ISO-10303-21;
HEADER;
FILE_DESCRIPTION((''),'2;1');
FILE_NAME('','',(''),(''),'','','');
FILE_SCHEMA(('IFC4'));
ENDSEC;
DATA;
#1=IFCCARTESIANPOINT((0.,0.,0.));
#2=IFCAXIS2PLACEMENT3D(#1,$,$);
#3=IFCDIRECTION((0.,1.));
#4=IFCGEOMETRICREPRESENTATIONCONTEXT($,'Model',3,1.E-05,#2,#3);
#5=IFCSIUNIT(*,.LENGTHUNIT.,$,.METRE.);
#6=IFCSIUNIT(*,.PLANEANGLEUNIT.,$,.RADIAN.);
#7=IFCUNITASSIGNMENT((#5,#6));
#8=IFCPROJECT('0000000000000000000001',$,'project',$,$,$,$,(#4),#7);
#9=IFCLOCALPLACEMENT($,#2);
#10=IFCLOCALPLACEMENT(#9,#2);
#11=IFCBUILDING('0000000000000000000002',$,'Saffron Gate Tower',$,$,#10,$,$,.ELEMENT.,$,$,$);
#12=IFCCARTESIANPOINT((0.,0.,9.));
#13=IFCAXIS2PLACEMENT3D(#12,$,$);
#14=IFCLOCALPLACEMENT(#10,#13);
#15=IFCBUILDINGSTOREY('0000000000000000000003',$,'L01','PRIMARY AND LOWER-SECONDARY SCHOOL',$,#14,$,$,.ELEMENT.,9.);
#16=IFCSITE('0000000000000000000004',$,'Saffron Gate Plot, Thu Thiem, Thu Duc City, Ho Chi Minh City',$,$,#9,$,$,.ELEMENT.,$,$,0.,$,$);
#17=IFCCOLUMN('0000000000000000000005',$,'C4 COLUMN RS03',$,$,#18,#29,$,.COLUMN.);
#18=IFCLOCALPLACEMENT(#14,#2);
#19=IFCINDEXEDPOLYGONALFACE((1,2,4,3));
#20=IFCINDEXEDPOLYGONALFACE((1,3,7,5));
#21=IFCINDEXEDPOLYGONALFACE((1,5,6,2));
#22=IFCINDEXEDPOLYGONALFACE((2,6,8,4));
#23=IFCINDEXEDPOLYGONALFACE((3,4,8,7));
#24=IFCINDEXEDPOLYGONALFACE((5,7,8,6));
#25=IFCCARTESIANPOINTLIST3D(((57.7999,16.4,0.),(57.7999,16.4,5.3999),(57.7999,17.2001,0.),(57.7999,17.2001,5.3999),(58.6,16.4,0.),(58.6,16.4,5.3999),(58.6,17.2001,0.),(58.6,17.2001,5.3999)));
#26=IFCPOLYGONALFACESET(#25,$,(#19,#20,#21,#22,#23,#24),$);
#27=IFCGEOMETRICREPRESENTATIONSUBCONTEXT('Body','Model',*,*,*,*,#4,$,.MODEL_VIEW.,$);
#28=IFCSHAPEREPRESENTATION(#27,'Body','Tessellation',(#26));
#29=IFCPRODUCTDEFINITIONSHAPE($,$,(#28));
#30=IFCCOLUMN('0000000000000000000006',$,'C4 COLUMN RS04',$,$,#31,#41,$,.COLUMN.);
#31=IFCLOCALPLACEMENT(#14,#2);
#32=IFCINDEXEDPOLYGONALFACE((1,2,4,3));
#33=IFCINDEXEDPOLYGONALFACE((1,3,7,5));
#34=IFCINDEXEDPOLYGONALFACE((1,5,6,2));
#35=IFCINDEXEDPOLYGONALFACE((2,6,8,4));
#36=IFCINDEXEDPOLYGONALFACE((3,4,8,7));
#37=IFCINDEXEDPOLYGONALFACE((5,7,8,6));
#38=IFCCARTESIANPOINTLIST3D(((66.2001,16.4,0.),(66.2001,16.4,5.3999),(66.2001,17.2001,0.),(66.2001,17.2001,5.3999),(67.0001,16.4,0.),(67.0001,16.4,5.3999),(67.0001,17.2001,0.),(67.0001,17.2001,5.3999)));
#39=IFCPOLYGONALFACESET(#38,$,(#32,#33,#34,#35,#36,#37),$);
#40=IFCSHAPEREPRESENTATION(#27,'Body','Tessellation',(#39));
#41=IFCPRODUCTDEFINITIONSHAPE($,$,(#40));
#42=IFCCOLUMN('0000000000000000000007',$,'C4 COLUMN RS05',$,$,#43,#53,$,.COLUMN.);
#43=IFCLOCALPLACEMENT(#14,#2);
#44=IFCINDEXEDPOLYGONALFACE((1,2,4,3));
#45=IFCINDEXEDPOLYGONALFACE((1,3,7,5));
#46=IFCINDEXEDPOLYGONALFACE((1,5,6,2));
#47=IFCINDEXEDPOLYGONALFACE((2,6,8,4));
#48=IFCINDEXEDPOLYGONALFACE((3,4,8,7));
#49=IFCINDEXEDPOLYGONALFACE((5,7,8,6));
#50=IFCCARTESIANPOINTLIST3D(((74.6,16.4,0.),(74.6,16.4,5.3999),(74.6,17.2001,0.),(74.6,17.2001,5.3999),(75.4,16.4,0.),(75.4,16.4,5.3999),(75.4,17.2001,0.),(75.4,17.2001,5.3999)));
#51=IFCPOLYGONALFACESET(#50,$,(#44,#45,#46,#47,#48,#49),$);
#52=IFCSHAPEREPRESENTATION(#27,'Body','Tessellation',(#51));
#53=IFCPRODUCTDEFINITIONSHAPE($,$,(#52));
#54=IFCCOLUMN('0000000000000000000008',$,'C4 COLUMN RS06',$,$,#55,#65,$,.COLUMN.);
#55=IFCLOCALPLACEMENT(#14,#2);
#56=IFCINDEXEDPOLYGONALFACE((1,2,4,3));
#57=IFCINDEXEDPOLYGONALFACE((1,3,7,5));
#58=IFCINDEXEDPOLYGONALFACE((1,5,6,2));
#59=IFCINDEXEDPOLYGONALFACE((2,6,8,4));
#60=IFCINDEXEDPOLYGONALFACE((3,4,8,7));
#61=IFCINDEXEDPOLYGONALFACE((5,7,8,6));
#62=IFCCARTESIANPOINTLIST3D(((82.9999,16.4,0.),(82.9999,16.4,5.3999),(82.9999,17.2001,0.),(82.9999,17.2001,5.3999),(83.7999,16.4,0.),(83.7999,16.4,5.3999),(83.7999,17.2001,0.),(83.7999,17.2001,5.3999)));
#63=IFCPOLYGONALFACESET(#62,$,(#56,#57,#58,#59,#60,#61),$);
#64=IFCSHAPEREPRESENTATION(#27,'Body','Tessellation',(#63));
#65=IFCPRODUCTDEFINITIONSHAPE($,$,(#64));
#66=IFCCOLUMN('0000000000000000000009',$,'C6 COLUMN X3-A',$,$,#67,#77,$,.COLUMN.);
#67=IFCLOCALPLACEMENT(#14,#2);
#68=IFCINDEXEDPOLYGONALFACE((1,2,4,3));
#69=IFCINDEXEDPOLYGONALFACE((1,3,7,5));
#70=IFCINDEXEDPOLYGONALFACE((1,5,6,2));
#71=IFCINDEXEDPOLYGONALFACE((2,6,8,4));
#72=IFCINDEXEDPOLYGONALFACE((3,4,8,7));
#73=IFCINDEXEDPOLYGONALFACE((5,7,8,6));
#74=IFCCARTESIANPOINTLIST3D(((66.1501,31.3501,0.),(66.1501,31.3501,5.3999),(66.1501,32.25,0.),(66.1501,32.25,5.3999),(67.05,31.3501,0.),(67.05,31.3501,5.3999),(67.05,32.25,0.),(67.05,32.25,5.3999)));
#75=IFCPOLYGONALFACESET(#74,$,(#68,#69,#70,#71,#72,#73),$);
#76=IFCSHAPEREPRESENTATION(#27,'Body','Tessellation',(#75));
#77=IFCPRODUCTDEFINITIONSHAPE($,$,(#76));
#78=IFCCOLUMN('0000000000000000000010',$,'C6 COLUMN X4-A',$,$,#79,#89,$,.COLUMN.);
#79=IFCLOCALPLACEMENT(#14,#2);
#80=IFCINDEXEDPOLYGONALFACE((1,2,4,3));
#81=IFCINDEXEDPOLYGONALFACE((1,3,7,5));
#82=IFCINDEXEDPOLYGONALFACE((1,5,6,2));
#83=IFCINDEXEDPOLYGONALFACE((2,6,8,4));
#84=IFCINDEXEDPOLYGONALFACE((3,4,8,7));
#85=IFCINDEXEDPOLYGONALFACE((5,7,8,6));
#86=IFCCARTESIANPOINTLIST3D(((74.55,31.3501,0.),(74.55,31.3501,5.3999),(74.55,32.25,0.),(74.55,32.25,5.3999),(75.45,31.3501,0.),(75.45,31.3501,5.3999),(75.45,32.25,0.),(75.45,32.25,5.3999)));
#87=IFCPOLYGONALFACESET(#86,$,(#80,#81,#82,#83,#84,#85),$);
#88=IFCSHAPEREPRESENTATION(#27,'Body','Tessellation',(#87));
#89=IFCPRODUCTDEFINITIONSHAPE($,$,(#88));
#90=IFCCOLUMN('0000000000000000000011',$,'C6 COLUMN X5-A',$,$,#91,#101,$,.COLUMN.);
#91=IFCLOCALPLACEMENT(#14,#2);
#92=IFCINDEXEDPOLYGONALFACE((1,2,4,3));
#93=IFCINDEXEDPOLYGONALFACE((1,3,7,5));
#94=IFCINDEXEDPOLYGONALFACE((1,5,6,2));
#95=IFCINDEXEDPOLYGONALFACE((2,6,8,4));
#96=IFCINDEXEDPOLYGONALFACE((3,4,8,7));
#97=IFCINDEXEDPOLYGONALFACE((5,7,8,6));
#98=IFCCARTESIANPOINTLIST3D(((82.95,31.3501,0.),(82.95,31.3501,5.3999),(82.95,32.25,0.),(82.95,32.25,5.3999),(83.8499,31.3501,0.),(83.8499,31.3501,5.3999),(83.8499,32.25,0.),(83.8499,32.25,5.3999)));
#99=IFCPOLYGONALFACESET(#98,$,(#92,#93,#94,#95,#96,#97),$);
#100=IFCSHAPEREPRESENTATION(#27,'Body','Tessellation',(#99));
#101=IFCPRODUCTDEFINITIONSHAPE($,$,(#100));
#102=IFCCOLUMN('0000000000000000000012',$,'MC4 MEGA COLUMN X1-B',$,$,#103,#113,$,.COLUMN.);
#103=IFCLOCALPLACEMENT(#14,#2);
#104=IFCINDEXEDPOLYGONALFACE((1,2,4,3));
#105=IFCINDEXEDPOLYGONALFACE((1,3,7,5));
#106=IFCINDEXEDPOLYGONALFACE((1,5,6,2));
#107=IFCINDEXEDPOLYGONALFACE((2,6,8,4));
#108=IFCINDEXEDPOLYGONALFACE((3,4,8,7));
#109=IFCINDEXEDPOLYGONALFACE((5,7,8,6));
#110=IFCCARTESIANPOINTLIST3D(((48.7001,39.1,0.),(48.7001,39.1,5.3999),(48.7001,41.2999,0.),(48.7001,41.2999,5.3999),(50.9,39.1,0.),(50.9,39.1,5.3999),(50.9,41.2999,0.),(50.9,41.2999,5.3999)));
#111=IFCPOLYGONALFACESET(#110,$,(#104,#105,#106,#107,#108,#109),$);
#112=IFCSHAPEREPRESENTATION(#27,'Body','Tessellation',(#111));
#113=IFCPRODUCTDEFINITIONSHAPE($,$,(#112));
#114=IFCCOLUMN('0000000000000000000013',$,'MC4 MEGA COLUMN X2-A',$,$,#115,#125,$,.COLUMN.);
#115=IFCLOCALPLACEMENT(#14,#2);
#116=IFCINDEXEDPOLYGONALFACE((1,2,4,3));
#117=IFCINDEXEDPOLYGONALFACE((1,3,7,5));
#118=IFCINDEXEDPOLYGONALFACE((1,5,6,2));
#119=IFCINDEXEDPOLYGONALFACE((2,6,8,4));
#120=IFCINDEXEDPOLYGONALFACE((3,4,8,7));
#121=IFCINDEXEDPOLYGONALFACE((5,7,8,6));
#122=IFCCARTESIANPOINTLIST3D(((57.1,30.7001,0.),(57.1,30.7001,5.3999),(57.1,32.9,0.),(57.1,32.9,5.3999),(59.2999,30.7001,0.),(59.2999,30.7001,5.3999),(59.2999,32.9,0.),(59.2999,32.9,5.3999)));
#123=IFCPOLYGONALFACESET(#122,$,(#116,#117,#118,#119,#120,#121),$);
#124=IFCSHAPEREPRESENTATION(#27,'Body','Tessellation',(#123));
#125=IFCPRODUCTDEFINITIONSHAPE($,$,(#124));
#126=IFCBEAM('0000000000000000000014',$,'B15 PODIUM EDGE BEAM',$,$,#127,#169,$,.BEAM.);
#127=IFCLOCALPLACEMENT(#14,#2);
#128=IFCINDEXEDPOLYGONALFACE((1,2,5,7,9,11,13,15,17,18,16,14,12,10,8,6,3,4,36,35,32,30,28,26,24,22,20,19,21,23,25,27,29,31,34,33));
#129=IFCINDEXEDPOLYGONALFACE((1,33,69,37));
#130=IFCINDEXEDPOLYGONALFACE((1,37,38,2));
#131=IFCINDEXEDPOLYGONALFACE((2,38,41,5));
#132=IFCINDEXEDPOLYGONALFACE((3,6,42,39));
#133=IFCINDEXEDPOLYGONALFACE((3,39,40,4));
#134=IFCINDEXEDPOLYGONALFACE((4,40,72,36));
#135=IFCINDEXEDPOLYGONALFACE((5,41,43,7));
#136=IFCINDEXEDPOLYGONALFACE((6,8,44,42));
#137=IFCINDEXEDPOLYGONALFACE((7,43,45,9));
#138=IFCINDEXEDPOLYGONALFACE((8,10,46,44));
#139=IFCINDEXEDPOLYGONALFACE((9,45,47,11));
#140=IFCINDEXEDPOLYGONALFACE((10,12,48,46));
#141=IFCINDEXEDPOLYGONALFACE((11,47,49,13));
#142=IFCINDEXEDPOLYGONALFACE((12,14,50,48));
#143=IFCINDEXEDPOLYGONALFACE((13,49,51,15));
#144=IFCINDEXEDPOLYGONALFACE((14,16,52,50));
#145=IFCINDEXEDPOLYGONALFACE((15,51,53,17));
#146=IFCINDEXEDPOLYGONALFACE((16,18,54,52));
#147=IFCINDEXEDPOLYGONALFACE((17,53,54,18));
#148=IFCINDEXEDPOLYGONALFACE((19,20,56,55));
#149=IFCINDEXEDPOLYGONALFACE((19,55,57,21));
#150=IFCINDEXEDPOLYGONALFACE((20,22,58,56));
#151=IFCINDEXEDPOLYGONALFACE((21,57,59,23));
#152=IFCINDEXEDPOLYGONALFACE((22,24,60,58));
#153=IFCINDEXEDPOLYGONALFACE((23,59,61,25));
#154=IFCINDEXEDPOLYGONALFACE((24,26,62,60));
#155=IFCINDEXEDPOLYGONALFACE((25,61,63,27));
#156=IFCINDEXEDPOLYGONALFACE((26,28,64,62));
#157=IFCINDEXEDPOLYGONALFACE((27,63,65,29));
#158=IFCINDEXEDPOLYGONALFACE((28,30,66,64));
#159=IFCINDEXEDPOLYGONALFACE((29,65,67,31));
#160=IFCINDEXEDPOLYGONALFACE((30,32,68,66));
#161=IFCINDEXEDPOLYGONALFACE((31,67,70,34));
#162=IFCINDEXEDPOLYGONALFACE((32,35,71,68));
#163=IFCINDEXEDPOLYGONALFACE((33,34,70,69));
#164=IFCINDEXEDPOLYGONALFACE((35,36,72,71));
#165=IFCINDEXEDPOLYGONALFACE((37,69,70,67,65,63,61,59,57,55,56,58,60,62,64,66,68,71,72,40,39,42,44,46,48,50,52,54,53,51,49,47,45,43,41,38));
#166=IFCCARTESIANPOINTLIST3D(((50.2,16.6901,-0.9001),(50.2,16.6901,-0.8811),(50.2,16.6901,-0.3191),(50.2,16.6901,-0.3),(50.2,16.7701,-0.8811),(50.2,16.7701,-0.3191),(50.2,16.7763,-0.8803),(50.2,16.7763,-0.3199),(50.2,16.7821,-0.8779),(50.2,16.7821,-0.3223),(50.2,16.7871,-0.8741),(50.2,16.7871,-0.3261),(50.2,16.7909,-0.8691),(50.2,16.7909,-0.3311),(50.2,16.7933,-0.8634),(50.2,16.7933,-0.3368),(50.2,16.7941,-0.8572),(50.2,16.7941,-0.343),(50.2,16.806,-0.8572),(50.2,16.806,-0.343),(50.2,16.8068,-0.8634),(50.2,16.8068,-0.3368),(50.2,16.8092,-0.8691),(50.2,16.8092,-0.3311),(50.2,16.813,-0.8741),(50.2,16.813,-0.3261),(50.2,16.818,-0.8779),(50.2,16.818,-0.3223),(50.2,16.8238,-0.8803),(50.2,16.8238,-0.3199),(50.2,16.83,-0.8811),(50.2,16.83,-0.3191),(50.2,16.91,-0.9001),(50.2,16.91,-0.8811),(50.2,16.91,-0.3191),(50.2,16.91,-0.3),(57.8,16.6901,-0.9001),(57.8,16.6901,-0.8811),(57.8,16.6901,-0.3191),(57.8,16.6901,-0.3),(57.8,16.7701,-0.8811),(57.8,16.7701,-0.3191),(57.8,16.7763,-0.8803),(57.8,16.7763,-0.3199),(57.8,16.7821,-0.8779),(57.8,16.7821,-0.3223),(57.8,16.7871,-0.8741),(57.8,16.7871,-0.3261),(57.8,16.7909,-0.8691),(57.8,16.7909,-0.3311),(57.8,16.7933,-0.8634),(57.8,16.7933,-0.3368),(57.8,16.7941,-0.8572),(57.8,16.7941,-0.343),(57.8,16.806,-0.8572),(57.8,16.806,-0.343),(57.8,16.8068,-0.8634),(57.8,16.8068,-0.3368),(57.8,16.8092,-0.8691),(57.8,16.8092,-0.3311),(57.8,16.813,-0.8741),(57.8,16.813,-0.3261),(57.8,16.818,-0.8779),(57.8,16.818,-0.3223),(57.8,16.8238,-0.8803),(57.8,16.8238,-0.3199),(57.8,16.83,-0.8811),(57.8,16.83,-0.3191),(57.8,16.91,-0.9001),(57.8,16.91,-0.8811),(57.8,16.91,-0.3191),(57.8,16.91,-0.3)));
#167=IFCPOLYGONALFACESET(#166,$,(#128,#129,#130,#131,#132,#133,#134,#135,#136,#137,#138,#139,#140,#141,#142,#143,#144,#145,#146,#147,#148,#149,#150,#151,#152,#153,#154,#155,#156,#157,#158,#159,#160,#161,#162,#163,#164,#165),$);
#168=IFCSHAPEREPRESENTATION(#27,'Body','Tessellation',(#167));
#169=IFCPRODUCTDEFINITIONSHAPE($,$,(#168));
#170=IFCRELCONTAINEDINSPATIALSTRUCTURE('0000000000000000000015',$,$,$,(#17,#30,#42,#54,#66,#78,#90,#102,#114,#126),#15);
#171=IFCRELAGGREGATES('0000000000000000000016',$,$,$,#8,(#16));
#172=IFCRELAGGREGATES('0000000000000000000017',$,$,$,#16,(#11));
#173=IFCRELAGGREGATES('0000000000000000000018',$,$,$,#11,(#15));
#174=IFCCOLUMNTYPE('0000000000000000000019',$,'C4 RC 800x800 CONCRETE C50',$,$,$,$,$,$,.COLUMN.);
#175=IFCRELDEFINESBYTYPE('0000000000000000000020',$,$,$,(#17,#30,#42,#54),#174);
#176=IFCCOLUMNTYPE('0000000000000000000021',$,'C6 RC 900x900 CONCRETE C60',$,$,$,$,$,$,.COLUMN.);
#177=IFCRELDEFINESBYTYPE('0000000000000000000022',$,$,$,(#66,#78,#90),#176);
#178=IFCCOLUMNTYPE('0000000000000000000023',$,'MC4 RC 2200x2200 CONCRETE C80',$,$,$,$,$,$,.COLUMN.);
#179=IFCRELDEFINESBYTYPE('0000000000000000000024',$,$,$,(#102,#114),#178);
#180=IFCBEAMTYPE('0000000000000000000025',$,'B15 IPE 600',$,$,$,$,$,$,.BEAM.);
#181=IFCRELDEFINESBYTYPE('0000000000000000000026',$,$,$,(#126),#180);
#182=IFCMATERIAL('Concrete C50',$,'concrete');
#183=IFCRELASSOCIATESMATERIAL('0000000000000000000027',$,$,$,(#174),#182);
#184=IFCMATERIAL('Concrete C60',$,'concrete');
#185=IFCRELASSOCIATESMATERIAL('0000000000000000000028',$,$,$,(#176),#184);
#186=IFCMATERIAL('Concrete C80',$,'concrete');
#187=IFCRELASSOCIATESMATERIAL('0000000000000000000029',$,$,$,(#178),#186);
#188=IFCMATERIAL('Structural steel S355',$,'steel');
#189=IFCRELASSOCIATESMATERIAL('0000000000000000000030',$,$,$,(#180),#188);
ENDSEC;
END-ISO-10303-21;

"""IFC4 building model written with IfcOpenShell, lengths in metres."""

from ifc_helpers import new_model, si_unit, direction, frame, origin, origin_2d, place, context, subcontext, project, spatial, rectangle, i_section, extrude, material, material_profile, profile_set, type_object, element, save


model = new_model("IFC4")

# Units and contexts
model_context = context("Model", 3, precision=1e-05, world=origin(), true_north=direction((0.0, 1.0)))
body_context = subcontext(model_context, "Body", "Model", "MODEL_VIEW")
ifc_project = project(units=[si_unit("LENGTHUNIT", "METRE"), si_unit("PLANEANGLEUNIT", "RADIAN")], contexts=[model_context])

# Site, building, storey
site_placement = place(None, origin())
site = spatial("IfcSite", under=ifc_project, at=site_placement, Name="Saffron Gate Plot, Thu Thiem, Thu Duc City, Ho Chi Minh City", CompositionType="ELEMENT", RefElevation=0.0)
building_placement = place(site_placement, origin())
building = spatial("IfcBuilding", under=site, at=building_placement, Name="Saffron Gate Tower", CompositionType="ELEMENT")
storey_placement = place(building_placement, frame((0.0, 0.0, 9.0)))
storey = spatial("IfcBuildingStorey", under=building, at=storey_placement, Name="L01", Description="PRIMARY AND LOWER-SECONDARY SCHOOL", CompositionType="ELEMENT", Elevation=9.0)

# Columns
ifc_material_1 = material(Name="Concrete C50", Category="concrete")
ifc_material_profile_1 = material_profile(ifc_material_1, rectangle(XDim=0.8, YDim=0.8, at=origin_2d()))
ifc_profile_set_1 = profile_set([ifc_material_profile_1], Name="Concrete C50")
column_type_1 = type_object("IfcColumnType", Name="C4 RC 800x800 CONCRETE C50", PredefinedType="COLUMN", material=ifc_profile_set_1)
for number, where, z_axis, x_axis, name in (
    (1, (58.2, 16.8, 0.0), (0.0, 0.0, 1.0), (1.0, 0.0, 0.0), "C4 COLUMN RS03"),
    (2, (66.6001, 16.8, 0.0), (0.0, 0.0, 1.0), (1.0, 0.0, 0.0), "C4 COLUMN RS04"),
    (3, (75.0, 16.8, 0.0), (0.0, 0.0, 1.0), (1.0, 0.0, 0.0), "C4 COLUMN RS05"),
    (4, (83.3999, 16.8, 0.0), (0.0, 0.0, 1.0), (1.0, 0.0, 0.0), "C4 COLUMN RS06"),
):
    element("IfcColumn", number, at=place(storey_placement, frame(where, z_axis=z_axis, x_axis=x_axis)), inside=storey, type_object=column_type_1, Name=name, PredefinedType="COLUMN", context=body_context, shape_type="SweptSolid", body=[
        extrude(rectangle(XDim=0.8, YDim=0.8, at=origin_2d()), origin(), (0.0, 0.0, 1.0), 5.3999),
    ])
ifc_material_2 = material(Name="Concrete C60", Category="concrete")
ifc_material_profile_2 = material_profile(ifc_material_2, rectangle(XDim=0.8999, YDim=0.8999, at=origin_2d()))
ifc_profile_set_2 = profile_set([ifc_material_profile_2], Name="Concrete C60")
column_type_2 = type_object("IfcColumnType", Name="C6 RC 900x900 CONCRETE C60", PredefinedType="COLUMN", material=ifc_profile_set_2)
for number, where, z_axis, x_axis, name in (
    (5, (66.6001, 31.8, 0.0), (0.0, 0.0, 1.0), (1.0, 0.0, 0.0), "C6 COLUMN X3-A"),
    (6, (75.0, 31.8, 0.0), (0.0, 0.0, 1.0), (1.0, 0.0, 0.0), "C6 COLUMN X4-A"),
    (7, (83.3999, 31.8, 0.0), (0.0, 0.0, 1.0), (1.0, 0.0, 0.0), "C6 COLUMN X5-A"),
):
    element("IfcColumn", number, at=place(storey_placement, frame(where, z_axis=z_axis, x_axis=x_axis)), inside=storey, type_object=column_type_2, Name=name, PredefinedType="COLUMN", context=body_context, shape_type="SweptSolid", body=[
        extrude(rectangle(XDim=0.8999, YDim=0.8999, at=origin_2d()), origin(), (0.0, 0.0, 1.0), 5.3999),
    ])
ifc_material_3 = material(Name="Concrete C80", Category="concrete")
ifc_material_profile_3 = material_profile(ifc_material_3, rectangle(XDim=2.2, YDim=2.2, at=origin_2d()))
ifc_profile_set_3 = profile_set([ifc_material_profile_3], Name="Concrete C80")
column_type_3 = type_object("IfcColumnType", Name="MC4 RC 2200x2200 CONCRETE C80", PredefinedType="COLUMN", material=ifc_profile_set_3)
for number, where, z_axis, x_axis, name in (
    (8, (49.8, 40.2, 0.0), (0.0, 0.0, 1.0), (1.0, 0.0, 0.0), "MC4 MEGA COLUMN X1-B"),
    (9, (58.2, 31.8, 0.0), (0.0, 0.0, 1.0), (1.0, 0.0, 0.0), "MC4 MEGA COLUMN X2-A"),
):
    element("IfcColumn", number, at=place(storey_placement, frame(where, z_axis=z_axis, x_axis=x_axis)), inside=storey, type_object=column_type_3, Name=name, PredefinedType="COLUMN", context=body_context, shape_type="SweptSolid", body=[
        extrude(rectangle(XDim=2.2, YDim=2.2, at=origin_2d()), origin(), (0.0, 0.0, 1.0), 5.3999),
    ])

# Beam
ifc_material_4 = material(Name="Structural steel S355", Category="steel")
ifc_material_profile_4 = material_profile(ifc_material_4, i_section(OverallWidth=0.22, OverallDepth=0.6001, WebThickness=0.012, FlangeThickness=0.019, FilletRadius=0.0239, at=origin_2d()))
ifc_profile_set_4 = profile_set([ifc_material_profile_4], Name="Structural steel S355")
beam_type_1 = type_object("IfcBeamType", Name="B15 IPE 600", PredefinedType="BEAM", material=ifc_profile_set_4)
beam_1_placement = place(storey_placement, frame((50.2, 16.8, -0.6001), z_axis=(1.0, 0.0, 0.0), x_axis=(0.0, 1.0, 0.0)))
element("IfcBeam", 10, at=beam_1_placement, inside=storey, type_object=beam_type_1, Name="B15 PODIUM EDGE BEAM", PredefinedType="BEAM", context=body_context, shape_type="SweptSolid", body=[
    extrude(i_section(OverallWidth=0.22, OverallDepth=0.6001, WebThickness=0.012, FlangeThickness=0.019, FilletRadius=0.0239, at=origin_2d()), origin(), (0.0, 0.0, 1.0), 7.6001),
])

save(model, "model.ifc")
